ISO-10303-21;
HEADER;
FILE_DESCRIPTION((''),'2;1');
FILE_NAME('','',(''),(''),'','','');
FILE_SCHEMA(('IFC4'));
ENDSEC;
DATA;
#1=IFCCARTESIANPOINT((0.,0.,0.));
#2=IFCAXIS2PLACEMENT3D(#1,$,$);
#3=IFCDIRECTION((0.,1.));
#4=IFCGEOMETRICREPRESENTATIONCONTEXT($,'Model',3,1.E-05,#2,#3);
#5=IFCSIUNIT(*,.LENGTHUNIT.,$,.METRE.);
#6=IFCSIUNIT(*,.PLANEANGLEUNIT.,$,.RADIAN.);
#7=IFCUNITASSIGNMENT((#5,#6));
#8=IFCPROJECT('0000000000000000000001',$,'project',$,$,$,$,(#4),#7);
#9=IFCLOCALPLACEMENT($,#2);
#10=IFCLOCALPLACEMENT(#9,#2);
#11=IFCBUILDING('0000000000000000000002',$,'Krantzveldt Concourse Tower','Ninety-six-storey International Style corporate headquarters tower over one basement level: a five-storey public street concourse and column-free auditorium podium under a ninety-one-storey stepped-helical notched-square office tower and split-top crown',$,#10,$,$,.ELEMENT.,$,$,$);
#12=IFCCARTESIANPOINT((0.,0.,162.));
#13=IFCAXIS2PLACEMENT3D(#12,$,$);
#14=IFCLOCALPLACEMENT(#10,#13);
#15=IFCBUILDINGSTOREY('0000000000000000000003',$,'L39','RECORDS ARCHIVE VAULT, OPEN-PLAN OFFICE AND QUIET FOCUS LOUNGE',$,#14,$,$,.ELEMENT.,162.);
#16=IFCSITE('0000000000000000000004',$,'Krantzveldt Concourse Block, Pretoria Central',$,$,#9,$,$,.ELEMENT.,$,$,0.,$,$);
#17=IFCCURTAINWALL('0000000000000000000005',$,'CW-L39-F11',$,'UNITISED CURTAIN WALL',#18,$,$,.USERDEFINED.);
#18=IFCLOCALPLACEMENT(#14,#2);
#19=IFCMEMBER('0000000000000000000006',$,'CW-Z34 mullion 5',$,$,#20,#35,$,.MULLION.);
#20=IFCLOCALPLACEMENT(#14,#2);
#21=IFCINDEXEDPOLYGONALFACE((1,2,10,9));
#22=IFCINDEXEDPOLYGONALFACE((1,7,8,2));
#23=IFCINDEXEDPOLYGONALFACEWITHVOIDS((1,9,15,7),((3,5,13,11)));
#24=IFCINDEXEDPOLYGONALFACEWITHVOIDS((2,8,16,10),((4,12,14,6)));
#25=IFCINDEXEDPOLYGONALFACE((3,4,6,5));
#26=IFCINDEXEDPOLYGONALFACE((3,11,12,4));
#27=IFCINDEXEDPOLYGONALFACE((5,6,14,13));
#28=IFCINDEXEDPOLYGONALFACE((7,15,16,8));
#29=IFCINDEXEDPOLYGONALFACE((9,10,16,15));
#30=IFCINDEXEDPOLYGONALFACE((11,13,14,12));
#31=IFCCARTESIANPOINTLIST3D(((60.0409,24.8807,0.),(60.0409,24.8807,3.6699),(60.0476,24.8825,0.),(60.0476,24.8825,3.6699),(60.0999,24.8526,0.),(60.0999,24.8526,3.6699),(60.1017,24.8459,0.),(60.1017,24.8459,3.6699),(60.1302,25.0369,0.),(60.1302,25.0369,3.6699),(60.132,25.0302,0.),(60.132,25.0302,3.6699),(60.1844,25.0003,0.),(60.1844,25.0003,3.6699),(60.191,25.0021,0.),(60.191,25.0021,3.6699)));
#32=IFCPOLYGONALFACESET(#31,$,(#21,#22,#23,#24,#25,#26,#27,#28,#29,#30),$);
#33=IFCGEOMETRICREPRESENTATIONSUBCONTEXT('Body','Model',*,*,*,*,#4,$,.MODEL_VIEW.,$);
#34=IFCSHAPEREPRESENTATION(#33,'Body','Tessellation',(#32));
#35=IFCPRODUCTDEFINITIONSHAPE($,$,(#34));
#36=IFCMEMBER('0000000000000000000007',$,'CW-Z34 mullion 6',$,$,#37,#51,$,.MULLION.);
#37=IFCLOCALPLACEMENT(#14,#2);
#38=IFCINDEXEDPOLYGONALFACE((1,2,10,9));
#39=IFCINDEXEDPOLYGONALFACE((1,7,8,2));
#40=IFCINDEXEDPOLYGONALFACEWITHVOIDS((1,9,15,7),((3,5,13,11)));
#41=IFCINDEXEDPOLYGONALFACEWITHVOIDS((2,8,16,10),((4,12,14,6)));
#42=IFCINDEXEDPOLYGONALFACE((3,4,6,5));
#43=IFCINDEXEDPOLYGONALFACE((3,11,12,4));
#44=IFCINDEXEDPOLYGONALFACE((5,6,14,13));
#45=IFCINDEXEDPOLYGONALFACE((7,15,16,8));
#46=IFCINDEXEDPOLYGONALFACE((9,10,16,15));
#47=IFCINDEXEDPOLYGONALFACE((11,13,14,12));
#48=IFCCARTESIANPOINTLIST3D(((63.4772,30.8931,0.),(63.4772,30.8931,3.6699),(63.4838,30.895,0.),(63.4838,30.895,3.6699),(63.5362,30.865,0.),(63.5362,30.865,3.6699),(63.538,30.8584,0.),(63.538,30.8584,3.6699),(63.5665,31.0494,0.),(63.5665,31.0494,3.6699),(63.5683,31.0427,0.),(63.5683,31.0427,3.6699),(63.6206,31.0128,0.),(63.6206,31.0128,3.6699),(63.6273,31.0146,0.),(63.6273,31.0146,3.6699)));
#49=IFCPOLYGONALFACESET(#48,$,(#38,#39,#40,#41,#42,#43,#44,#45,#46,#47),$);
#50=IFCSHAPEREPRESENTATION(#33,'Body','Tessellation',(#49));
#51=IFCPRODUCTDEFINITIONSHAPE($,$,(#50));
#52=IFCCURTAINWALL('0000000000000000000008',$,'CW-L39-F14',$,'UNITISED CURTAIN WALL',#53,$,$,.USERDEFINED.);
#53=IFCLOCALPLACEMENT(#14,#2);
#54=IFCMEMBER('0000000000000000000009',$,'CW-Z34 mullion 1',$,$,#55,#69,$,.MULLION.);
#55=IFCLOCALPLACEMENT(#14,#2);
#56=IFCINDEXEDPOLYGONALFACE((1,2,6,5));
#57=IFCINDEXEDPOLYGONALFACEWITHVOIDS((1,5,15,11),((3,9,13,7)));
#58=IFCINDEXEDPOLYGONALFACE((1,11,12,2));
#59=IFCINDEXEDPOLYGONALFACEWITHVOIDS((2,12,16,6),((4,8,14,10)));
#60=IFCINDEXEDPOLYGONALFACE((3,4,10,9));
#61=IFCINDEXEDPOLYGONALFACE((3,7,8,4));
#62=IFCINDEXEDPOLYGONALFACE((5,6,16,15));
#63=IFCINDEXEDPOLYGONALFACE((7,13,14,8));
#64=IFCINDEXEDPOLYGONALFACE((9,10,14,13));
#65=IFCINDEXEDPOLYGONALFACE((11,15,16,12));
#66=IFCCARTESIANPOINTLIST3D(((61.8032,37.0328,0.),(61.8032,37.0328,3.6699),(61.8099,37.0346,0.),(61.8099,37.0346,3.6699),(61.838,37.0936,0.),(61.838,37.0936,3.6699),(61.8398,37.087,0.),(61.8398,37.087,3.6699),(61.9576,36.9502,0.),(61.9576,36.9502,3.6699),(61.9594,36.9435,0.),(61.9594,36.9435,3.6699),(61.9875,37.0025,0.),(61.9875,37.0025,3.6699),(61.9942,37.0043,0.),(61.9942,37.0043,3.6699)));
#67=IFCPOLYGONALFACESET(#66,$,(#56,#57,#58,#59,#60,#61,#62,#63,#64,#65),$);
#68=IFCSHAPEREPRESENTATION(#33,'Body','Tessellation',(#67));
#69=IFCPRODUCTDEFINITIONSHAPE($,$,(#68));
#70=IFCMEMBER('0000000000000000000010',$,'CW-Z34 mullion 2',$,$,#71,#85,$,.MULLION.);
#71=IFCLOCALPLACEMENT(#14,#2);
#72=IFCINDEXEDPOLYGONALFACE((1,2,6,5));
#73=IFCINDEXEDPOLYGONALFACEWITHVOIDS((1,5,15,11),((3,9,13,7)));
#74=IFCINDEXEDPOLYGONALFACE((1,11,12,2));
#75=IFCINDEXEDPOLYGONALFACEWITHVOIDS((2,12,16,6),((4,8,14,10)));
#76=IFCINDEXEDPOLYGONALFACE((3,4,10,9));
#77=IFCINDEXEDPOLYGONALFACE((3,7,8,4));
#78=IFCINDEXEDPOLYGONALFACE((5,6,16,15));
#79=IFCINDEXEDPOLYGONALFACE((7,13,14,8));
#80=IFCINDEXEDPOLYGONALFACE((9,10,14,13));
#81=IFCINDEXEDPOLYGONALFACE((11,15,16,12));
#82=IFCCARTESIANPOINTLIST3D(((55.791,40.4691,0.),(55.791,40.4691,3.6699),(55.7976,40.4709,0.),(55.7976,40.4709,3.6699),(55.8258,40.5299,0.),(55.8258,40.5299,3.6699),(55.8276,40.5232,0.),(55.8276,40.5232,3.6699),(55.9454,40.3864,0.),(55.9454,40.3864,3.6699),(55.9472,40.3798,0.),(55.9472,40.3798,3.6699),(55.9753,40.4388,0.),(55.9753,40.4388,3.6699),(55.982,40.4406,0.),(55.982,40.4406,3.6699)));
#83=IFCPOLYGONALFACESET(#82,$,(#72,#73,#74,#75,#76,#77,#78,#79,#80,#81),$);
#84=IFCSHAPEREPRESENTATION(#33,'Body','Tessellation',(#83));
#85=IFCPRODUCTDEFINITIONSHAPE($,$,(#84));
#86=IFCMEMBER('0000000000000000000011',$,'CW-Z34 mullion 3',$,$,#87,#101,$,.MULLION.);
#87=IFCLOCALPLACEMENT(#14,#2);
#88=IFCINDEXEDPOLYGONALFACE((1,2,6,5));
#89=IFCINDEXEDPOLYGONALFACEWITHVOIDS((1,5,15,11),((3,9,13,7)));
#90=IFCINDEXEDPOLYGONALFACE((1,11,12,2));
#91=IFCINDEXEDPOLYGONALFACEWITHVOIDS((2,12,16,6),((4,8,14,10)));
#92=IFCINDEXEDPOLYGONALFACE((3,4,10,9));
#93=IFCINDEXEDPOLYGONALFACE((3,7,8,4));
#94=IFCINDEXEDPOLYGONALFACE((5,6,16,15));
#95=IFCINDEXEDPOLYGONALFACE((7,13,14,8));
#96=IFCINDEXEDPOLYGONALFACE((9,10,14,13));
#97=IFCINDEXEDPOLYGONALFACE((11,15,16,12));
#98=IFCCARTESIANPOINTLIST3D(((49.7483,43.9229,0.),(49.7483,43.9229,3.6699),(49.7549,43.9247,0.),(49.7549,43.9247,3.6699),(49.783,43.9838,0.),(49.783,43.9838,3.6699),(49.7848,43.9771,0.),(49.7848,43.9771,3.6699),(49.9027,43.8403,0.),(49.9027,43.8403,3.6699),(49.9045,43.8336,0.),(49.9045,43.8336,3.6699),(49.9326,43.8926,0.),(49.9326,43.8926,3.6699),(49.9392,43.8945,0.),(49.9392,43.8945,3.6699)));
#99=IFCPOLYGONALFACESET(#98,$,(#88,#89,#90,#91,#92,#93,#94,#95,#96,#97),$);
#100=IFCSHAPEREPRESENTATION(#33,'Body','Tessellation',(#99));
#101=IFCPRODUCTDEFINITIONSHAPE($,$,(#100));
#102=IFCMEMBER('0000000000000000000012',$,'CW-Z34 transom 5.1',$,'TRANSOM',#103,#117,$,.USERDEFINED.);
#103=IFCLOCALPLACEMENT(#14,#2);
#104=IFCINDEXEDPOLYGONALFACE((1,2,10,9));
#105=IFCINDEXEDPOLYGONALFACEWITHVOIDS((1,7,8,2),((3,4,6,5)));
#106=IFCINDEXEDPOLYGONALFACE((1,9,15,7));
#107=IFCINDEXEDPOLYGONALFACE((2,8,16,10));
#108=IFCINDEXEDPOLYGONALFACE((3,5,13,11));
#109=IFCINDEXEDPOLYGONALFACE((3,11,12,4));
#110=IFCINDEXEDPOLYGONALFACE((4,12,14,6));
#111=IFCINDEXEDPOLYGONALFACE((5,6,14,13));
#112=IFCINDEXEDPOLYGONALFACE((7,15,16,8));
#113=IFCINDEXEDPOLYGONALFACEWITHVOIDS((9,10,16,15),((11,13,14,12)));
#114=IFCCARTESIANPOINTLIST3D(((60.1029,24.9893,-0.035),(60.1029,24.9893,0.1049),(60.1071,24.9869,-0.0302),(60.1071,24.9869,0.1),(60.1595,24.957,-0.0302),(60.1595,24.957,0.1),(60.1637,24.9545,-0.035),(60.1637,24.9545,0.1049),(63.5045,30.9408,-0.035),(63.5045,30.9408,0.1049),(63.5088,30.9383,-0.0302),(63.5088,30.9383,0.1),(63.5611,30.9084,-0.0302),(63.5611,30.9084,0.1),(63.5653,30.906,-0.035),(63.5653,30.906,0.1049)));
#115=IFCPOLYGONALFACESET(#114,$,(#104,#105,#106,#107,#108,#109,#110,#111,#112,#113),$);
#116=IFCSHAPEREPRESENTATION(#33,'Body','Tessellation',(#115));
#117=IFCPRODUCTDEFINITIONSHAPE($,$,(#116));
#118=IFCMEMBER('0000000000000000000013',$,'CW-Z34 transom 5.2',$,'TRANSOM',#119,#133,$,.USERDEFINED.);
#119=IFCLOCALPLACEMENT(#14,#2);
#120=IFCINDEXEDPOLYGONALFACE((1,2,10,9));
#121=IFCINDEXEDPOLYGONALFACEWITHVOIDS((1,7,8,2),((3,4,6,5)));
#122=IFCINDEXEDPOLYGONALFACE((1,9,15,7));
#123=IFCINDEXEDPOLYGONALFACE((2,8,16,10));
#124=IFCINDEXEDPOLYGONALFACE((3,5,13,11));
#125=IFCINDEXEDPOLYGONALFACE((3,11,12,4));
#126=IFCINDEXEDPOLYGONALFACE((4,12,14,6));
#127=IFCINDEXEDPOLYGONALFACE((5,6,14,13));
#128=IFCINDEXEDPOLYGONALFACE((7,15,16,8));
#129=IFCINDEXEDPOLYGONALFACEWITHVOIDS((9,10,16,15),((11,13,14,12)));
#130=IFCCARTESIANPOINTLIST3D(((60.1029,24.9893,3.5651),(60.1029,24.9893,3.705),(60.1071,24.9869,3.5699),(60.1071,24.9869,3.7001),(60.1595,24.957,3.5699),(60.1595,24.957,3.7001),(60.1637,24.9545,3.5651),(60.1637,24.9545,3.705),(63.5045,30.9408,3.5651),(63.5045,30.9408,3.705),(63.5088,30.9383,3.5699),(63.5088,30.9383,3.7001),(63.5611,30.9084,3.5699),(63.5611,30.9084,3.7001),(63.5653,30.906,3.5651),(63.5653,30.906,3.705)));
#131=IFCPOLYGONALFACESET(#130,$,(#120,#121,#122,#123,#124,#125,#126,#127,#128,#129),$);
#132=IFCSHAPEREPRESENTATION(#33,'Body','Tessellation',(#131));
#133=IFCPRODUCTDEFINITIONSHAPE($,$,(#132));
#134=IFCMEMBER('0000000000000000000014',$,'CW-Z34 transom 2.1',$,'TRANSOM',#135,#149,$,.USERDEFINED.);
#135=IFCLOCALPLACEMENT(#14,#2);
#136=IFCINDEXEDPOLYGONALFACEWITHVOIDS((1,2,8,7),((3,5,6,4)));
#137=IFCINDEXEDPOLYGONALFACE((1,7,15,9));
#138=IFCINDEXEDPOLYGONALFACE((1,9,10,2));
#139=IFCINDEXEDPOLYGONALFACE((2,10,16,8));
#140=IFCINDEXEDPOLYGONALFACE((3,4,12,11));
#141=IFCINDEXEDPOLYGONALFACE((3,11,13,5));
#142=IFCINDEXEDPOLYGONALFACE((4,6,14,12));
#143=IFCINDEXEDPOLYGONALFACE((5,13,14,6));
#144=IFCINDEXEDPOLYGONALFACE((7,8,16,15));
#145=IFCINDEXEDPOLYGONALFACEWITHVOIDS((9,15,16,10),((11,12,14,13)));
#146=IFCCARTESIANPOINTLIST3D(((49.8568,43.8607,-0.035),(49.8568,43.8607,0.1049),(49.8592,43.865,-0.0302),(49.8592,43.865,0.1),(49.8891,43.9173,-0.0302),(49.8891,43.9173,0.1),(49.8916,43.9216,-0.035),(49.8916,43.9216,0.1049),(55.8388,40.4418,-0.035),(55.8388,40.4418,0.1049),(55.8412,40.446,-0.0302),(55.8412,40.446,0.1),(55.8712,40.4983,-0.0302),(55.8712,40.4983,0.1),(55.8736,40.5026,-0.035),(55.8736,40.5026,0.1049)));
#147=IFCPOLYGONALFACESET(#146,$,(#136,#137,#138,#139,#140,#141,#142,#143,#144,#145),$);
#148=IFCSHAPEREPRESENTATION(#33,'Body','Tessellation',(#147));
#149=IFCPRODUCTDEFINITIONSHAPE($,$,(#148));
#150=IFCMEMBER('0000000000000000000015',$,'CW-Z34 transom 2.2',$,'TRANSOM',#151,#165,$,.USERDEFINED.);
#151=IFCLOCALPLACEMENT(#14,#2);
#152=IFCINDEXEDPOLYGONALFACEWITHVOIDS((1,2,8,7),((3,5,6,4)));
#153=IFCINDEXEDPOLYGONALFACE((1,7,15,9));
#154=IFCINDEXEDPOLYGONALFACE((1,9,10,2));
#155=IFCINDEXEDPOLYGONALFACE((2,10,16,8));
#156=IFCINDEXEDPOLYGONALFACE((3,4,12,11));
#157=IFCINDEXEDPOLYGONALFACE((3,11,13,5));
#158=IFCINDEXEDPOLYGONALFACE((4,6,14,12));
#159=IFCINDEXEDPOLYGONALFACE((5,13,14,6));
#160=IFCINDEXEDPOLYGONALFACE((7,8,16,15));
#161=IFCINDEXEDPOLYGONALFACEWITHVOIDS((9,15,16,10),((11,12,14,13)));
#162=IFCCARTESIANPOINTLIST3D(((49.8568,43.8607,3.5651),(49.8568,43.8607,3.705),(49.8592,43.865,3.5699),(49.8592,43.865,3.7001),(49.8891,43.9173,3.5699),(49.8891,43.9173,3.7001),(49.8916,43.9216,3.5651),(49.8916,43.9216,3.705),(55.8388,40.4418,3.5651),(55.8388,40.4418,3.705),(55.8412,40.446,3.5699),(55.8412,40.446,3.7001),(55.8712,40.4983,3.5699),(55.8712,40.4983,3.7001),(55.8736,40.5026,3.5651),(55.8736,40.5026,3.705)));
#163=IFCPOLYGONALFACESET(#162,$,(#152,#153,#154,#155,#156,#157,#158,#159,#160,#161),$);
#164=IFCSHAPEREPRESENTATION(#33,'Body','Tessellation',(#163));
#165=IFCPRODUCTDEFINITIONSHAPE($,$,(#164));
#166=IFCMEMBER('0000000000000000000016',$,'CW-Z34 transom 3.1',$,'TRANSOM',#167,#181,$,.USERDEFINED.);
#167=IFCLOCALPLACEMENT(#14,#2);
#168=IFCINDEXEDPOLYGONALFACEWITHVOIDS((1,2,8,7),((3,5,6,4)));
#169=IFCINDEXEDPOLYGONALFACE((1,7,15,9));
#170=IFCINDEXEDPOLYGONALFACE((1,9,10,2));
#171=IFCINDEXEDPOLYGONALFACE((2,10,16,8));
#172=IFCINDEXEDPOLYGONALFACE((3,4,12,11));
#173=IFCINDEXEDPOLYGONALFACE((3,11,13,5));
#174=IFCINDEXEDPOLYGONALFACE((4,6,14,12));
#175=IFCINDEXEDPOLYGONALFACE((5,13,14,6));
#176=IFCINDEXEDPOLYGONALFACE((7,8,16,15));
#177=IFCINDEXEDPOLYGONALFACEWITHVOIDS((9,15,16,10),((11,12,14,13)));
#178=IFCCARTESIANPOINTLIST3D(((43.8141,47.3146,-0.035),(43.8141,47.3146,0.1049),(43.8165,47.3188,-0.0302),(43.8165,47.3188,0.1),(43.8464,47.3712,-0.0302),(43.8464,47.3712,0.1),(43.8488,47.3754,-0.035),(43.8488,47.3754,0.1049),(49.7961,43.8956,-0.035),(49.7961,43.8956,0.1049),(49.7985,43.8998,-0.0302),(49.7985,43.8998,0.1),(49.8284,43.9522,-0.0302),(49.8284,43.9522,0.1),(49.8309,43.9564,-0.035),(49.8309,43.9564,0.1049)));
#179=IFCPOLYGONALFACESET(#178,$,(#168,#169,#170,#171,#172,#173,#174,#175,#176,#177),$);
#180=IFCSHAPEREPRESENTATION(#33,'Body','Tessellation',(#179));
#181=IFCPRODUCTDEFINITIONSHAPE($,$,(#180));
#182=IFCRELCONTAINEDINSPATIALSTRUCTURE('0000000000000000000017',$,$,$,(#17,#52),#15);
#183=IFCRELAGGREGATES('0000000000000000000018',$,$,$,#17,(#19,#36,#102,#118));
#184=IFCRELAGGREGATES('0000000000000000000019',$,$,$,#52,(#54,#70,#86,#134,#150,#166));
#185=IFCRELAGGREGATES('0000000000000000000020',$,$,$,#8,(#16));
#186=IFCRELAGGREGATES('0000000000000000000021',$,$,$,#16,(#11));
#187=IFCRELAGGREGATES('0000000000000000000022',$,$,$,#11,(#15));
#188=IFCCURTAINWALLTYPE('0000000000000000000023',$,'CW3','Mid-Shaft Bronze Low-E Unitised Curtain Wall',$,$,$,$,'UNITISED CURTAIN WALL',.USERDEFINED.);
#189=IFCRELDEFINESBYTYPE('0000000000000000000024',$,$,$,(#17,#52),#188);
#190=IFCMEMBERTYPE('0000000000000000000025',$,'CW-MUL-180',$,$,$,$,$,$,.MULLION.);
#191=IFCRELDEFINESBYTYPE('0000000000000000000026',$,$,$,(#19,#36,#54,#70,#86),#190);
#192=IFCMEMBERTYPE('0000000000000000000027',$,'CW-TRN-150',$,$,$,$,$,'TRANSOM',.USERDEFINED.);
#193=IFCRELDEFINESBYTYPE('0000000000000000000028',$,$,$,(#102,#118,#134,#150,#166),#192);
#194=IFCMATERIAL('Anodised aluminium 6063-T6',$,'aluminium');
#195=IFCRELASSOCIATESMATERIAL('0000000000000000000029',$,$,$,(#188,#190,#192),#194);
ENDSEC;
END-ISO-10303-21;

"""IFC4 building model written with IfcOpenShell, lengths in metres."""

from ifc_helpers import new_model, si_unit, direction, frame, origin, origin_2d, place, context, subcontext, project, spatial, hollow_rectangle, extrude, source, transform, mapped, material, material_profile, profile_set, type_object, type_shapes, element, aggregate, save


model = new_model("IFC4")

# Units and contexts
model_context = context("Model", 3, precision=1e-05, world=origin(), true_north=direction((0.0, 1.0)))
body_context = subcontext(model_context, "Body", "Model", "MODEL_VIEW")
ifc_project = project(units=[si_unit("LENGTHUNIT", "METRE"), si_unit("PLANEANGLEUNIT", "RADIAN")], contexts=[model_context])

# Site, building, storey
site_placement = place(None, origin())
site = spatial("IfcSite", under=ifc_project, at=site_placement, Name="Krantzveldt Concourse Block, Pretoria Central", CompositionType="ELEMENT", RefElevation=0.0)
building_placement = place(site_placement, origin())
building = spatial("IfcBuilding", under=site, at=building_placement, Name="Krantzveldt Concourse Tower", Description="Ninety-six-storey International Style corporate headquarters tower over one basement level: a five-storey public street concourse and column-free auditorium podium under a ninety-one-storey stepped-helical notched-square office tower and split-top crown", CompositionType="ELEMENT")
storey_placement = place(building_placement, frame((0.0, 0.0, 162.0)))
storey = spatial("IfcBuildingStorey", under=building, at=storey_placement, Name="L39", Description="RECORDS ARCHIVE VAULT, OPEN-PLAN OFFICE AND QUIET FOCUS LOUNGE", CompositionType="ELEMENT", Elevation=162.0)

# Curtain walls, members
ifc_material_1 = material(Name="Anodised aluminium 6063-T6", Category="aluminium")
curtain_wall_type = type_object("IfcCurtainWallType", Name="CW3", Description="Mid-Shaft Bronze Low-E Unitised Curtain Wall", ElementType="UNITISED CURTAIN WALL", PredefinedType="USERDEFINED", material=ifc_material_1)
curtain_wall_1_placement = place(storey_placement, origin())
curtain_wall_1 = element("IfcCurtainWall", 1, at=curtain_wall_1_placement, inside=storey, type_object=curtain_wall_type, Name="CW-L39-F11", ObjectType="UNITISED CURTAIN WALL", PredefinedType="USERDEFINED")
ifc_material_profile_1 = material_profile(ifc_material_1, hollow_rectangle(XDim=0.0701, YDim=0.1799, WallThickness=0.0049, at=origin_2d()), Name="Anodised aluminium 6063-T6", Category="aluminium")
ifc_profile_set_1 = profile_set([ifc_material_profile_1], Name="Anodised aluminium 6063-T6 - ALU-MULL 180x70x5")
member_type_1 = type_object("IfcMemberType", Name="CW-MUL-180", PredefinedType="MULLION", material=ifc_profile_set_1)
shared_shape_1 = source(origin(), body_context, "Body", "SweptSolid", [
    extrude(hollow_rectangle(XDim=0.0701, YDim=0.1799, WallThickness=0.0049, at=origin_2d()), origin(), (0.0, 0.0, 1.0), 3.6699),
])
type_shapes(member_type_1, [shared_shape_1])
member_1_placement = place(storey_placement, frame((60.116, 24.9414, 0.0), z_axis=(0.0, 0.0, 1.0), x_axis=(-0.868199, 0.496216, 0.0)))
member_1 = element("IfcMember", 2, at=member_1_placement, type_object=member_type_1, Name="CW-Z34 mullion 5", PredefinedType="MULLION", context=body_context, shape_type="MappedRepresentation", body=[
    mapped(shared_shape_1, transform((0.0, 0.0, 0.0), x_axis=(1.0, 0.0, 0.0), y_axis=(0.0, 1.0, 0.0), z_axis=(0.0, 0.0, 1.0), scale=1.0)),
])
member_2_placement = place(storey_placement, frame((63.5522, 30.9539, 0.0), z_axis=(0.0, 0.0, 1.0), x_axis=(-0.868199, 0.496216, 0.0)))
member_2 = element("IfcMember", 3, at=member_2_placement, type_object=member_type_1, Name="CW-Z34 mullion 6", PredefinedType="MULLION", context=body_context, shape_type="MappedRepresentation", body=[
    mapped(shared_shape_1, transform((0.0, 0.0, 0.0), x_axis=(1.0, 0.0, 0.0), y_axis=(0.0, 1.0, 0.0), z_axis=(0.0, 0.0, 1.0), scale=1.0)),
])
curtain_wall_2_placement = place(storey_placement, origin())
curtain_wall_2 = element("IfcCurtainWall", 4, at=curtain_wall_2_placement, inside=storey, type_object=curtain_wall_type, Name="CW-L39-F14", ObjectType="UNITISED CURTAIN WALL", PredefinedType="USERDEFINED")
member_3_placement = place(storey_placement, frame((61.8987, 37.0186, 0.0), z_axis=(0.0, 0.0, 1.0), x_axis=(-0.496216, -0.868199, 0.0)))
member_3 = element("IfcMember", 5, at=member_3_placement, type_object=member_type_1, Name="CW-Z34 mullion 1", PredefinedType="MULLION", context=body_context, shape_type="MappedRepresentation", body=[
    mapped(shared_shape_1, transform((0.0, 0.0, 0.0), x_axis=(1.0, 0.0, 0.0), y_axis=(0.0, 1.0, 0.0), z_axis=(0.0, 0.0, 1.0), scale=1.0)),
])
member_4_placement = place(storey_placement, frame((55.8865, 40.4548, 0.0), z_axis=(0.0, 0.0, 1.0), x_axis=(-0.496216, -0.868199, 0.0)))
member_4 = element("IfcMember", 6, at=member_4_placement, type_object=member_type_1, Name="CW-Z34 mullion 2", PredefinedType="MULLION", context=body_context, shape_type="MappedRepresentation", body=[
    mapped(shared_shape_1, transform((0.0, 0.0, 0.0), x_axis=(1.0, 0.0, 0.0), y_axis=(0.0, 1.0, 0.0), z_axis=(0.0, 0.0, 1.0), scale=1.0)),
])
member_5_placement = place(storey_placement, frame((49.8438, 43.9087, 0.0), z_axis=(0.0, 0.0, 1.0), x_axis=(-0.496216, -0.868199, 0.0)))
member_5 = element("IfcMember", 7, at=member_5_placement, type_object=member_type_1, Name="CW-Z34 mullion 3", PredefinedType="MULLION", context=body_context, shape_type="MappedRepresentation", body=[
    mapped(shared_shape_1, transform((0.0, 0.0, 0.0), x_axis=(1.0, 0.0, 0.0), y_axis=(0.0, 1.0, 0.0), z_axis=(0.0, 0.0, 1.0), scale=1.0)),
])

# Members
ifc_material_profile_2 = material_profile(ifc_material_1, hollow_rectangle(XDim=0.0701, YDim=0.1399, WallThickness=0.0049, at=origin_2d()), Name="Anodised aluminium 6063-T6", Category="aluminium")
ifc_profile_set_2 = profile_set([ifc_material_profile_2], Name="Anodised aluminium 6063-T6 - ALU-TRAN 140x70x5")
member_type_2 = type_object("IfcMemberType", Name="CW-TRN-150", ElementType="TRANSOM", PredefinedType="USERDEFINED", material=ifc_profile_set_2)
shared_shape_2 = source(origin(), body_context, "Body", "SweptSolid", [
    extrude(hollow_rectangle(XDim=0.0701, YDim=0.1399, WallThickness=0.0049, at=origin_2d()), origin(), (0.0, 0.0, 1.0), 6.855),
])
member_6_placement = place(storey_placement, frame((60.1333, 24.9719, 0.0349), z_axis=(0.496227, 0.868193, 0.0), x_axis=(-0.868193, 0.496227, 0.0)))
member_6 = element("IfcMember", 8, at=member_6_placement, type_object=member_type_2, Name="CW-Z34 transom 5.1", ObjectType="TRANSOM", PredefinedType="USERDEFINED", context=body_context, shape_type="MappedRepresentation", body=[
    mapped(shared_shape_2, transform((0.0, 0.0, 0.0), x_axis=(1.0, 0.0, 0.0), y_axis=(0.0, 1.0, 0.0), z_axis=(0.0, 0.0, 1.0), scale=1.0)),
])
member_7_placement = place(storey_placement, frame((60.1333, 24.9719, 3.635), z_axis=(0.496227, 0.868193, 0.0), x_axis=(-0.868193, 0.496227, 0.0)))
member_7 = element("IfcMember", 9, at=member_7_placement, type_object=member_type_2, Name="CW-Z34 transom 5.2", ObjectType="TRANSOM", PredefinedType="USERDEFINED", context=body_context, shape_type="MappedRepresentation", body=[
    mapped(shared_shape_2, transform((0.0, 0.0, 0.0), x_axis=(1.0, 0.0, 0.0), y_axis=(0.0, 1.0, 0.0), z_axis=(0.0, 0.0, 1.0), scale=1.0)),
])
shared_shape_3 = source(origin(), body_context, "Body", "SweptSolid", [
    extrude(hollow_rectangle(XDim=0.0701, YDim=0.1399, WallThickness=0.0049, at=origin_2d()), origin(), (0.0, 0.0, 1.0), 6.8901),
])
member_8_placement = place(storey_placement, frame((55.8562, 40.4722, 0.0349), z_axis=(-0.8682, 0.496215, 0.0), x_axis=(-0.496215, -0.8682, 0.0)))
member_8 = element("IfcMember", 10, at=member_8_placement, type_object=member_type_2, Name="CW-Z34 transom 2.1", ObjectType="TRANSOM", PredefinedType="USERDEFINED", context=body_context, shape_type="MappedRepresentation", body=[
    mapped(shared_shape_3, transform((0.0, 0.0, 0.0), x_axis=(1.0, 0.0, 0.0), y_axis=(0.0, 1.0, 0.0), z_axis=(0.0, 0.0, 1.0), scale=1.0)),
])
member_9_placement = place(storey_placement, frame((55.8562, 40.4722, 3.635), z_axis=(-0.8682, 0.496215, 0.0), x_axis=(-0.496215, -0.8682, 0.0)))
member_9 = element("IfcMember", 11, at=member_9_placement, type_object=member_type_2, Name="CW-Z34 transom 2.2", ObjectType="TRANSOM", PredefinedType="USERDEFINED", context=body_context, shape_type="MappedRepresentation", body=[
    mapped(shared_shape_3, transform((0.0, 0.0, 0.0), x_axis=(1.0, 0.0, 0.0), y_axis=(0.0, 1.0, 0.0), z_axis=(0.0, 0.0, 1.0), scale=1.0)),
])
member_10_placement = place(storey_placement, frame((49.8135, 43.926, 0.0349), z_axis=(-0.8682, 0.496215, 0.0), x_axis=(-0.496215, -0.8682, 0.0)))
member_10 = element("IfcMember", 12, at=member_10_placement, type_object=member_type_2, Name="CW-Z34 transom 3.1", ObjectType="TRANSOM", PredefinedType="USERDEFINED", context=body_context, shape_type="MappedRepresentation", body=[
    mapped(shared_shape_3, transform((0.0, 0.0, 0.0), x_axis=(1.0, 0.0, 0.0), y_axis=(0.0, 1.0, 0.0), z_axis=(0.0, 0.0, 1.0), scale=1.0)),
])

aggregate(curtain_wall_1, [member_1, member_2, member_6, member_7])
aggregate(curtain_wall_2, [member_3, member_4, member_5, member_8, member_9, member_10])

save(model, "model.ifc")
